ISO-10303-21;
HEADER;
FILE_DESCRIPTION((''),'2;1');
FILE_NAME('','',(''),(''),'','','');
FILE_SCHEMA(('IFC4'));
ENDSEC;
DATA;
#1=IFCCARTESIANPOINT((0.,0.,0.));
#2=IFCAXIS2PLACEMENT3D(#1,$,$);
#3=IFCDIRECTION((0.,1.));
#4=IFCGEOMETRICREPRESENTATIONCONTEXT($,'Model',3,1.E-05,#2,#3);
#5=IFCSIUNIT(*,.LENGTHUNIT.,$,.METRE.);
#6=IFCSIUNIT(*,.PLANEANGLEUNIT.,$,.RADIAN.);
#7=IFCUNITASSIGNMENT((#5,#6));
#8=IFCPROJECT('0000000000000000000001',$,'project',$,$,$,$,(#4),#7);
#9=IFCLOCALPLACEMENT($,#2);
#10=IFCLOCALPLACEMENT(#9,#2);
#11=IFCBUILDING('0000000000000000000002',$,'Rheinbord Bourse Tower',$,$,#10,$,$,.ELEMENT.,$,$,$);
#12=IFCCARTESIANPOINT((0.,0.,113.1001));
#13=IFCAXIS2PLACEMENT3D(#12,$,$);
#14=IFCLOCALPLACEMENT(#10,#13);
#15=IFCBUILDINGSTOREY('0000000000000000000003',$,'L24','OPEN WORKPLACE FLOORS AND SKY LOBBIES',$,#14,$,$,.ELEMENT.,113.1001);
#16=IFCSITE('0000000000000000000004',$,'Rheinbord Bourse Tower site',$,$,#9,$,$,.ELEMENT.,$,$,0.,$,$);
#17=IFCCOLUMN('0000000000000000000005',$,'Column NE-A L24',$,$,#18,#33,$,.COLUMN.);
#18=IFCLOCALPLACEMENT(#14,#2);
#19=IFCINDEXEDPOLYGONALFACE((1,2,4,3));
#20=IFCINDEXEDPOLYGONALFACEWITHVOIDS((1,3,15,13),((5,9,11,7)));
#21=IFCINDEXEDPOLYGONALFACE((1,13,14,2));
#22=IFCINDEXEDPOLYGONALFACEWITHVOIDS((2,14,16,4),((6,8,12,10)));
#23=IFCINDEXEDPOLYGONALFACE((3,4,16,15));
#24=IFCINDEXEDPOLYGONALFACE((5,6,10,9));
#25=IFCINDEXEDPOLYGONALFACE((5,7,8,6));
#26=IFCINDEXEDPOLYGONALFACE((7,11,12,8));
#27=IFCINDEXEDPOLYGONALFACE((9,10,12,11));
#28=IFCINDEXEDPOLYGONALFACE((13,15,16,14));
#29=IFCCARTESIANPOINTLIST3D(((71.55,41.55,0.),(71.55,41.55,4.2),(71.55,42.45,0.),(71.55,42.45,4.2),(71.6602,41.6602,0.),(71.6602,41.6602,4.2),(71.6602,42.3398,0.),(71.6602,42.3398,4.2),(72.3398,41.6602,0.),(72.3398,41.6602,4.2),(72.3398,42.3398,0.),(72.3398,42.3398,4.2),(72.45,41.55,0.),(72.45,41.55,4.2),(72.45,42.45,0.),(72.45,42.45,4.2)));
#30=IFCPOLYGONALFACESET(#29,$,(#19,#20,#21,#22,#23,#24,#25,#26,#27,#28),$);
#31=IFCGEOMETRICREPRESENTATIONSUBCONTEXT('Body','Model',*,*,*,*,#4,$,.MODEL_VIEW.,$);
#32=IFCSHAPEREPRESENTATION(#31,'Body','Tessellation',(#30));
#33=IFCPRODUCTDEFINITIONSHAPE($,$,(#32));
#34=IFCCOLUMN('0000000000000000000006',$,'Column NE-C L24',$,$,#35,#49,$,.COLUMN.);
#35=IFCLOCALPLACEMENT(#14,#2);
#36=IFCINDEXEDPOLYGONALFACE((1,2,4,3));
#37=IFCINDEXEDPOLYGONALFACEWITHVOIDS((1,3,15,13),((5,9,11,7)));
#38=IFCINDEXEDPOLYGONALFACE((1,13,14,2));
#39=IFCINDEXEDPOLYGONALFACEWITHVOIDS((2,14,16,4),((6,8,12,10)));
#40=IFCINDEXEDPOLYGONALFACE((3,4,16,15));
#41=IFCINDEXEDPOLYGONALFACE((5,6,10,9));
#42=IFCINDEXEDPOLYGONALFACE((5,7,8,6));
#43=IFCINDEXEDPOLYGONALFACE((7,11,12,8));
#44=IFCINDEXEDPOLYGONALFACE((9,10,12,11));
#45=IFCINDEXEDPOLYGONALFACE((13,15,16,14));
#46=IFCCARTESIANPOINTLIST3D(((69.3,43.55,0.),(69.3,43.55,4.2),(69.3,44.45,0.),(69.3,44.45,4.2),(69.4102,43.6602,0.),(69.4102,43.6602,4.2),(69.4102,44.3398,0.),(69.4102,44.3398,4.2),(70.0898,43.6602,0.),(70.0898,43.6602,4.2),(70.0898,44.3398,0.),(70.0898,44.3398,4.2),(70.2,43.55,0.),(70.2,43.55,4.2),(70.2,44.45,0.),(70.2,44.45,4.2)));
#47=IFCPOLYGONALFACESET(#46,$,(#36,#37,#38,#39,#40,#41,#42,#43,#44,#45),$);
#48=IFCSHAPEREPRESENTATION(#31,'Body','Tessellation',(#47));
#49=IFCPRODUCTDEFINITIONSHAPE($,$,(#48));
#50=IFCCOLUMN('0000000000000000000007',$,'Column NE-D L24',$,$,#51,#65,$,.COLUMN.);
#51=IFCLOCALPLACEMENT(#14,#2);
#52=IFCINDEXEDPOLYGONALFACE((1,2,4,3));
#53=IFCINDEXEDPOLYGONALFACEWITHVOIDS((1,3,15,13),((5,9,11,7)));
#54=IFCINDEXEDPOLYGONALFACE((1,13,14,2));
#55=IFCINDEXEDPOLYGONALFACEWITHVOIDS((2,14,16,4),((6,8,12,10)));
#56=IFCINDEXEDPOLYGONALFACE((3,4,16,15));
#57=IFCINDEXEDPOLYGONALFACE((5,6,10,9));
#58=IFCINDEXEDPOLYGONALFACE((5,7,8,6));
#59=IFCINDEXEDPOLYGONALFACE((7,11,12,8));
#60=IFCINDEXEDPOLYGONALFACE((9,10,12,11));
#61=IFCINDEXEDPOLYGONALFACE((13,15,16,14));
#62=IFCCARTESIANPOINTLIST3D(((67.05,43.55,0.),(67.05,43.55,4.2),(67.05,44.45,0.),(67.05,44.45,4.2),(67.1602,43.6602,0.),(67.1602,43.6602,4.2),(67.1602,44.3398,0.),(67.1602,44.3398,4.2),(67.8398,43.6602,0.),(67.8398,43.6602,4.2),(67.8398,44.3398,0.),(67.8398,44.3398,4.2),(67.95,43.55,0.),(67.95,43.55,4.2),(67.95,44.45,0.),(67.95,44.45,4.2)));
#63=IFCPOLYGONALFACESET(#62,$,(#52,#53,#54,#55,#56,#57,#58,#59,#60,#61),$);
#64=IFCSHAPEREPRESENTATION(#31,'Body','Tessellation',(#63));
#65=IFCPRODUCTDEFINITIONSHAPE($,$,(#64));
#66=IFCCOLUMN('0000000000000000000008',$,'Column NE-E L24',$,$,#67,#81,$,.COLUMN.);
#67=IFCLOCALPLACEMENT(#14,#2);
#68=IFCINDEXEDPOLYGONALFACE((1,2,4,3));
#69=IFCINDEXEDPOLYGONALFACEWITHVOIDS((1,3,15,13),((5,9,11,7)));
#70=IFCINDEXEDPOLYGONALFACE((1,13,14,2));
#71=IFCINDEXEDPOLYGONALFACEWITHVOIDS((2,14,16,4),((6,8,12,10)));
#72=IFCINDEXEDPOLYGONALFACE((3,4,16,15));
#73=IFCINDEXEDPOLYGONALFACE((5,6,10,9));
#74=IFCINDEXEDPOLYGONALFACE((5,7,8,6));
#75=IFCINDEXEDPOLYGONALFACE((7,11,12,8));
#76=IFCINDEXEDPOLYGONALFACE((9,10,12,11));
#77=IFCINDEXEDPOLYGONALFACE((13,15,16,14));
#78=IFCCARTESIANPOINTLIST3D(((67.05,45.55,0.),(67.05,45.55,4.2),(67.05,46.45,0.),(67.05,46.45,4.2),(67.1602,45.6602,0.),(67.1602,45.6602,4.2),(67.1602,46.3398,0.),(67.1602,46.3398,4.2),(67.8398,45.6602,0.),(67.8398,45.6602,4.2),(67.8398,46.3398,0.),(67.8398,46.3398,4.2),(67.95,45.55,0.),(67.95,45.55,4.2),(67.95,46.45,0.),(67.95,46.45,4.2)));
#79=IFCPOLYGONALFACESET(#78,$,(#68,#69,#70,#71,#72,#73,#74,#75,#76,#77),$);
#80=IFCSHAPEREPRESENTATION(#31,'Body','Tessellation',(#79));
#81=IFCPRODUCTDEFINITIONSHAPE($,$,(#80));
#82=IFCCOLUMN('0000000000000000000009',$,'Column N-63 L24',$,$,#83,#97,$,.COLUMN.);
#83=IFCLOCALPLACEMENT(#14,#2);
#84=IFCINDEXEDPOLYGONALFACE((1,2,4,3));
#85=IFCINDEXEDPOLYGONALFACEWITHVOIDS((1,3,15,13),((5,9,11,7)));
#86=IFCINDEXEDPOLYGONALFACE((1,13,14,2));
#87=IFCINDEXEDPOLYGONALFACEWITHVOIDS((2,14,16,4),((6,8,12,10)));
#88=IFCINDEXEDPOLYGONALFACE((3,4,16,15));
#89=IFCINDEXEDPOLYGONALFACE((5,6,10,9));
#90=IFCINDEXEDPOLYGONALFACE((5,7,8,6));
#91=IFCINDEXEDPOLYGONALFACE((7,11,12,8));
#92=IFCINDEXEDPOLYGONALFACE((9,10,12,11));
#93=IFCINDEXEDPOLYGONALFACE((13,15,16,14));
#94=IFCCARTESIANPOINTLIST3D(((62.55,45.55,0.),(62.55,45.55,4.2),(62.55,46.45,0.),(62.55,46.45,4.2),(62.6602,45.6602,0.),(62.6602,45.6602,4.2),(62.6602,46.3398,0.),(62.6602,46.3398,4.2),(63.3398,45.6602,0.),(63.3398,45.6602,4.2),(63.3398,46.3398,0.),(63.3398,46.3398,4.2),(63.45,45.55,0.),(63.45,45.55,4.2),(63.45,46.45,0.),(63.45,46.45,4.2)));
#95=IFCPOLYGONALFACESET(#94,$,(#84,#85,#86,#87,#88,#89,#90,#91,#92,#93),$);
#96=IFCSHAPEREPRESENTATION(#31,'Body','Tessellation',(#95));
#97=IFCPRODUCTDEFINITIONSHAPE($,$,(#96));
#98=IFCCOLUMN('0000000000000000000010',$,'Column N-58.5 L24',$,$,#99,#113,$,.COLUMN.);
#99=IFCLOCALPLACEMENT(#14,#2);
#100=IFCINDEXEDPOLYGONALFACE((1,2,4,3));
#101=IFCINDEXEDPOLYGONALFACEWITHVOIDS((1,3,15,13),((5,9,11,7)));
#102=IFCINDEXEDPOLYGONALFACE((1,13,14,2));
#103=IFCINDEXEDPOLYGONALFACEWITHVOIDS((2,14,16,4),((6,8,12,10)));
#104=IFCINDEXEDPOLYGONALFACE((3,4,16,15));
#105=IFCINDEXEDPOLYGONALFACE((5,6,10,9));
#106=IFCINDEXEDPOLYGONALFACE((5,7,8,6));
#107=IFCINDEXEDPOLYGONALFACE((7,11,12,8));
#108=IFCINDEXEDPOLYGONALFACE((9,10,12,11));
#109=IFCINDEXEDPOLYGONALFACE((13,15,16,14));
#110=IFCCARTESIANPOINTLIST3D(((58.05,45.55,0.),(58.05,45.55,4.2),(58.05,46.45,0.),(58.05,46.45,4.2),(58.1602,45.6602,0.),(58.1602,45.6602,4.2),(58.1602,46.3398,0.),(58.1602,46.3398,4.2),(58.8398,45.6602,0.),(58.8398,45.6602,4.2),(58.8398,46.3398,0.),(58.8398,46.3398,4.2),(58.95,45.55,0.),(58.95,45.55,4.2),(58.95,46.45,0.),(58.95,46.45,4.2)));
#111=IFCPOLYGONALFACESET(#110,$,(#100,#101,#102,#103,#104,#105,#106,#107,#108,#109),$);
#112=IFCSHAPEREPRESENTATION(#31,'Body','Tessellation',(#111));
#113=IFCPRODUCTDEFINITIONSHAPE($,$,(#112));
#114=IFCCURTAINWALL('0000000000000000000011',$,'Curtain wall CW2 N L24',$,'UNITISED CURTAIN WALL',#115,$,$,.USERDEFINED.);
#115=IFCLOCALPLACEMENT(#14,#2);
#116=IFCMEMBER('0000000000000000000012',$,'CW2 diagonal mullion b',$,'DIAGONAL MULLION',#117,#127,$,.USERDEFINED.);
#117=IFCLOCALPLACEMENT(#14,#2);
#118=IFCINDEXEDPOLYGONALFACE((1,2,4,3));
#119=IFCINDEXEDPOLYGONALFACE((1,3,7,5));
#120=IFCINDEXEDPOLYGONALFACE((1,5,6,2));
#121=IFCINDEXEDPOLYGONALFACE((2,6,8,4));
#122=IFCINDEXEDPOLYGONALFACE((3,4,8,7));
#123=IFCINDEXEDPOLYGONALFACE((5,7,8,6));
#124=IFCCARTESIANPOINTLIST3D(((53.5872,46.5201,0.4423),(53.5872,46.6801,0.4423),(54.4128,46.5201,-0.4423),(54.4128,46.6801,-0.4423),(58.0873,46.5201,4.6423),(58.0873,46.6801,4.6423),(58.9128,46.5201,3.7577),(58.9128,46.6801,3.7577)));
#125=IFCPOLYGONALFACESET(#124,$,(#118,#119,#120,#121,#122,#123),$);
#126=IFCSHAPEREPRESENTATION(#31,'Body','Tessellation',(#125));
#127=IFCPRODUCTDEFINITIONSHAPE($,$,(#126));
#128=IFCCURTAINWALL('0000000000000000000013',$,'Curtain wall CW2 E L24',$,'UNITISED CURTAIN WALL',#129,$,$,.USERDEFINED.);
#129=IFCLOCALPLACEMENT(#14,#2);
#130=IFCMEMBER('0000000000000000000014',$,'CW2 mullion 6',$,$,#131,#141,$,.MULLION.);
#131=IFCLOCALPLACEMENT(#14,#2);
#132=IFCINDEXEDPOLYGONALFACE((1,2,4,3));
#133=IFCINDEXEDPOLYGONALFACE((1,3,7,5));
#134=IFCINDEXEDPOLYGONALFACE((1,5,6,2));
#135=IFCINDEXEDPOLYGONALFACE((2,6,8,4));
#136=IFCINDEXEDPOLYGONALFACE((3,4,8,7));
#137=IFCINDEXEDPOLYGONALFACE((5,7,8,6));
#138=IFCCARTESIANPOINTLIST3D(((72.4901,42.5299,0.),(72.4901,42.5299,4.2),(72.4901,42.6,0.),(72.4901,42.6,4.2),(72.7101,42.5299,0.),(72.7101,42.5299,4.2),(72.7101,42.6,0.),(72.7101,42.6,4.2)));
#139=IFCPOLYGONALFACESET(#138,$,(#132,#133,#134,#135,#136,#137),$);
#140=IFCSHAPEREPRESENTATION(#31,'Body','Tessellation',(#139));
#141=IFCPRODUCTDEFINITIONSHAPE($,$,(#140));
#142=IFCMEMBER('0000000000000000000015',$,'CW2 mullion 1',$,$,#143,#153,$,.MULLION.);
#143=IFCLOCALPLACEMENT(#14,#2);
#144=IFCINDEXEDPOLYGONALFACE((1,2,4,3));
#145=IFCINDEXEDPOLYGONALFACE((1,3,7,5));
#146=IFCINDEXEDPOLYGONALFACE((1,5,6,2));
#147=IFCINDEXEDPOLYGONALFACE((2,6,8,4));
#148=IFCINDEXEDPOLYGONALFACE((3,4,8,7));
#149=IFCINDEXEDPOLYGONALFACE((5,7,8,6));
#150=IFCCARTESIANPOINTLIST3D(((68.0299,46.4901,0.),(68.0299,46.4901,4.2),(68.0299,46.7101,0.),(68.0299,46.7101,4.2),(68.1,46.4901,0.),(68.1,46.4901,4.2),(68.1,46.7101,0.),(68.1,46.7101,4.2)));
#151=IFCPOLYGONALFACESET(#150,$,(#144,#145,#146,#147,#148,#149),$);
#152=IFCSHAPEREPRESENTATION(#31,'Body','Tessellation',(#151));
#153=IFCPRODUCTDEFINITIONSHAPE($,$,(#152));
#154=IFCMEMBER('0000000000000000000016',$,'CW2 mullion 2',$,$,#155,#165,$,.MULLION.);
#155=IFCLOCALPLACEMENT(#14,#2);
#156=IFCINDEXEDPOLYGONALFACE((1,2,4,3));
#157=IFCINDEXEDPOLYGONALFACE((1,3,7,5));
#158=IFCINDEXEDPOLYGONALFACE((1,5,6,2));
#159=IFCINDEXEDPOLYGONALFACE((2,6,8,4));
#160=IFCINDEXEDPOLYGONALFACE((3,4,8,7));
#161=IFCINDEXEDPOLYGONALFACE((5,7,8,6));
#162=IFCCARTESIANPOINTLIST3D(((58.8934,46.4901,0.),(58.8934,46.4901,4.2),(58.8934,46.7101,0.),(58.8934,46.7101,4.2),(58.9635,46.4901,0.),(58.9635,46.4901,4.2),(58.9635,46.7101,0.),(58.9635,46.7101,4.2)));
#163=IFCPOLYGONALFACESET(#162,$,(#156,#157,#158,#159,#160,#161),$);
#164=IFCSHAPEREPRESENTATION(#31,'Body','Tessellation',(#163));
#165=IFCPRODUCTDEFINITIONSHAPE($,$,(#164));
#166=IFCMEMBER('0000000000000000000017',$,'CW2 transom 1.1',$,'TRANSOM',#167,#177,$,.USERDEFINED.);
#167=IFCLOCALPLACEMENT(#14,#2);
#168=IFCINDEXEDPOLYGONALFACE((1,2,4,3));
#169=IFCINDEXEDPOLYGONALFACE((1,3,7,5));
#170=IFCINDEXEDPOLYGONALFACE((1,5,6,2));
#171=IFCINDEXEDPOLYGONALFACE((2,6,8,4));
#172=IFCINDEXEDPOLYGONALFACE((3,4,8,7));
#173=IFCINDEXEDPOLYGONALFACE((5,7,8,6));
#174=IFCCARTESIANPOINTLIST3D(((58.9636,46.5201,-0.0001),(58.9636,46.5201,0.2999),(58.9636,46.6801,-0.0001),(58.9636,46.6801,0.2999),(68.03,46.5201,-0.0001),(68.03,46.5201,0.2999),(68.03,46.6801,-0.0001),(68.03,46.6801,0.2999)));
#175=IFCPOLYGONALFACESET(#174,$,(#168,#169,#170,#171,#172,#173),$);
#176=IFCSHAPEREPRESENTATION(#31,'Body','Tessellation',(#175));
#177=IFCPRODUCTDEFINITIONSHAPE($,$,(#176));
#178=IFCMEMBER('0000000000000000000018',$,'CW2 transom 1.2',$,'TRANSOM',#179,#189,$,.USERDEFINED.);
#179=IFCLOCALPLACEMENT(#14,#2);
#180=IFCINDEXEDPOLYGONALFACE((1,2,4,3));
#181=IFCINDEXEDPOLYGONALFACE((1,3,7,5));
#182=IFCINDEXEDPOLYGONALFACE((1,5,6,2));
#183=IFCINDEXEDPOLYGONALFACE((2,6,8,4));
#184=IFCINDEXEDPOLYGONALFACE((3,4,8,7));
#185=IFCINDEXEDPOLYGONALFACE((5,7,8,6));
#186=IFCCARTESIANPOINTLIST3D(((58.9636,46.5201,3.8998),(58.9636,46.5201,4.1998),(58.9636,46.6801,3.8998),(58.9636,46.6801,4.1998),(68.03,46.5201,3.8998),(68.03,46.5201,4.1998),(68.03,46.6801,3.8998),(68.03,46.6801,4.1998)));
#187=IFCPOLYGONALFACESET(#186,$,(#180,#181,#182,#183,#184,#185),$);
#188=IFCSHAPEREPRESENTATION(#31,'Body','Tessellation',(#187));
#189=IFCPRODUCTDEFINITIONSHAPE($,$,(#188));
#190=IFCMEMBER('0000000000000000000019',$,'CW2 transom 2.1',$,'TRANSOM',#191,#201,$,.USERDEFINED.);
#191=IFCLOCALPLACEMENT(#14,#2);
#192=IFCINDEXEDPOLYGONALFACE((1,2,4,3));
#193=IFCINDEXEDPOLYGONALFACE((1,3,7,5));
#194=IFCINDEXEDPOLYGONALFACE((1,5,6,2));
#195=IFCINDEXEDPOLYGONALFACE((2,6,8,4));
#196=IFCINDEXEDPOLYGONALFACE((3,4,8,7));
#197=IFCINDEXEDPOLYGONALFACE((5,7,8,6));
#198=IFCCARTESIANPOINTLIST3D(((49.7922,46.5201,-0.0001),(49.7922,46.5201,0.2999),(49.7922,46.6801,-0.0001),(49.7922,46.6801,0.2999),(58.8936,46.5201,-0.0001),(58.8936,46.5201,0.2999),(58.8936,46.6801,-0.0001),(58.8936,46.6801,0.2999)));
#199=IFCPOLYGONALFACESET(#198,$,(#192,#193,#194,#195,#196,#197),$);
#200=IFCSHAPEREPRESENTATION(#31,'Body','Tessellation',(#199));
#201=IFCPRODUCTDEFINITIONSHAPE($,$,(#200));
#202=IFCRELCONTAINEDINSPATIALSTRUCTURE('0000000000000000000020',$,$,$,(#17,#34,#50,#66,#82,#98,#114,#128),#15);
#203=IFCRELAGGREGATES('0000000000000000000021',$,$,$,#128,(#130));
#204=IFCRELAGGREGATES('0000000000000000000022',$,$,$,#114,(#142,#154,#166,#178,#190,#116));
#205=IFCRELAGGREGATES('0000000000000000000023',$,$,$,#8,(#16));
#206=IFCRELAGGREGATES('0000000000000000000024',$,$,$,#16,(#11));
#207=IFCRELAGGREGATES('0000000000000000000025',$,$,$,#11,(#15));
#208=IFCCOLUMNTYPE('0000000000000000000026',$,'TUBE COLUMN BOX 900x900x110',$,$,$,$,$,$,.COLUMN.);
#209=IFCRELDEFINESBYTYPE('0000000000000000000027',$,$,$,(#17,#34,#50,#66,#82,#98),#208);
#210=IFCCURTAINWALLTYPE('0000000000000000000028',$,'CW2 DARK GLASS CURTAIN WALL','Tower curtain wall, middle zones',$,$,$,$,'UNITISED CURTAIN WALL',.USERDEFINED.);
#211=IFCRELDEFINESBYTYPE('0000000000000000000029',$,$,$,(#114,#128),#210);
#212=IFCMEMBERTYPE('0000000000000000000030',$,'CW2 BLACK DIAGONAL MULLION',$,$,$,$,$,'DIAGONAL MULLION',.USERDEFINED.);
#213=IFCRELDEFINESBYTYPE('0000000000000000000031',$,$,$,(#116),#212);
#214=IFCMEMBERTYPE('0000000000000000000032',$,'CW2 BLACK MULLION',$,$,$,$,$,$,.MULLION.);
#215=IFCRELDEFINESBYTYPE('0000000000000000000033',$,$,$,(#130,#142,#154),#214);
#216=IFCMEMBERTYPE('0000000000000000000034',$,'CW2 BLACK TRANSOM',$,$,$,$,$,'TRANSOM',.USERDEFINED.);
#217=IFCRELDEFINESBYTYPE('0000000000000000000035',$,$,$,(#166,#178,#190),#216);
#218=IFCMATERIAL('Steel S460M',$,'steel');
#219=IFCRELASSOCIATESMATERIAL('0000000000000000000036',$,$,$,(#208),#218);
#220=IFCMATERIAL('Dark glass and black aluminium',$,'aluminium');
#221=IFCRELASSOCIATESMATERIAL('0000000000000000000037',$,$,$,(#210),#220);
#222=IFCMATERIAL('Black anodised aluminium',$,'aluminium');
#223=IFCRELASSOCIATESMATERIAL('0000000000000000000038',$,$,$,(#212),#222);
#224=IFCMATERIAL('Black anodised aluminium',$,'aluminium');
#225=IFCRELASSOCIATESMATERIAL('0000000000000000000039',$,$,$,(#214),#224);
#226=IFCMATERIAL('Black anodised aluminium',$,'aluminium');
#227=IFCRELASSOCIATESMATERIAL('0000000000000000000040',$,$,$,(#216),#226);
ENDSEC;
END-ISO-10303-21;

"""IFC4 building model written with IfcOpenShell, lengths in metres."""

from ifc_helpers import new_model, si_unit, direction, frame, origin, origin_2d, place, context, subcontext, project, spatial, rectangle, hollow_rectangle, extrude, material, material_profile, profile_set, type_object, element, aggregate, save


model = new_model("IFC4")

# Units and contexts
model_context = context("Model", 3, precision=1e-05, world=origin(), true_north=direction((0.0, 1.0)))
body_context = subcontext(model_context, "Body", "Model", "MODEL_VIEW")
ifc_project = project(units=[si_unit("LENGTHUNIT", "METRE"), si_unit("PLANEANGLEUNIT", "RADIAN")], contexts=[model_context])

# Site, building, storey
site_placement = place(None, origin())
site = spatial("IfcSite", under=ifc_project, at=site_placement, Name="Rheinbord Bourse Tower site", CompositionType="ELEMENT", RefElevation=0.0)
building_placement = place(site_placement, origin())
building = spatial("IfcBuilding", under=site, at=building_placement, Name="Rheinbord Bourse Tower", CompositionType="ELEMENT")
storey_placement = place(building_placement, frame((0.0, 0.0, 113.1001)))
storey = spatial("IfcBuildingStorey", under=building, at=storey_placement, Name="L24", Description="OPEN WORKPLACE FLOORS AND SKY LOBBIES", CompositionType="ELEMENT", Elevation=113.1001)

# Columns
ifc_material_1 = material(Name="Steel S460M", Category="steel")
ifc_material_profile_1 = material_profile(ifc_material_1, hollow_rectangle(XDim=0.8999, YDim=0.8999, WallThickness=0.1101, at=origin_2d()), Name="BOX 900x900x110")
ifc_profile_set_1 = profile_set([ifc_material_profile_1], Name="Steel S460M")
column_type = type_object("IfcColumnType", Name="TUBE COLUMN BOX 900x900x110", PredefinedType="COLUMN", material=ifc_profile_set_1)
for number, where, z_axis, x_axis, name in (
    (1, (72.0, 42.0, 0.0), (0.0, 0.0, 1.0), (1.0, 0.0, 0.0), "Column NE-A L24"),
    (2, (69.75, 44.0, 0.0), (0.0, 0.0, 1.0), (1.0, 0.0, 0.0), "Column NE-C L24"),
    (3, (67.5, 44.0, 0.0), (0.0, 0.0, 1.0), (0.0, 1.0, 0.0), "Column NE-D L24"),
    (4, (67.5, 46.0, 0.0), (0.0, 0.0, 1.0), (0.0, 1.0, 0.0), "Column NE-E L24"),
    (5, (63.0, 46.0, 0.0), (0.0, 0.0, 1.0), (0.0, 1.0, 0.0), "Column N-63 L24"),
    (6, (58.5, 46.0, 0.0), (0.0, 0.0, 1.0), (0.0, 1.0, 0.0), "Column N-58.5 L24"),
):
    element("IfcColumn", number, at=place(storey_placement, frame(where, z_axis=z_axis, x_axis=x_axis)), inside=storey, type_object=column_type, Name=name, PredefinedType="COLUMN", context=body_context, shape_type="SweptSolid", body=[
        extrude(hollow_rectangle(XDim=0.8999, YDim=0.8999, WallThickness=0.1101, at=origin_2d()), origin(), (0.0, 0.0, 1.0), 4.2),
    ])

# Curtain walls, members
ifc_material_2 = material(Name="Dark glass and black aluminium", Category="aluminium")
curtain_wall_type = type_object("IfcCurtainWallType", Name="CW2 DARK GLASS CURTAIN WALL", Description="Tower curtain wall, middle zones", ElementType="UNITISED CURTAIN WALL", PredefinedType="USERDEFINED", material=ifc_material_2)
curtain_wall_1_placement = place(storey_placement, origin())
curtain_wall_1 = element("IfcCurtainWall", 7, at=curtain_wall_1_placement, inside=storey, type_object=curtain_wall_type, Name="Curtain wall CW2 N L24", ObjectType="UNITISED CURTAIN WALL", PredefinedType="USERDEFINED")
ifc_material_3 = material(Name="Black anodised aluminium", Category="aluminium")
ifc_material_profile_2 = material_profile(ifc_material_3, rectangle(XDim=0.1599, YDim=1.21, at=origin_2d()), Name="CW2 DIAGONAL MULLION 1210x160")
ifc_profile_set_2 = profile_set([ifc_material_profile_2], Name="Black anodised aluminium")
member_type_1 = type_object("IfcMemberType", Name="CW2 BLACK DIAGONAL MULLION", ElementType="DIAGONAL MULLION", PredefinedType="USERDEFINED", material=ifc_profile_set_2)
member_1_placement = place(storey_placement, frame((54.0, 46.6001, 0.0), z_axis=(0.731059, 0.0, 0.682314), x_axis=(0.0, 1.0, 0.0)))
member_1 = element("IfcMember", 8, at=member_1_placement, type_object=member_type_1, Name="CW2 diagonal mullion b", ObjectType="DIAGONAL MULLION", PredefinedType="USERDEFINED", context=body_context, shape_type="SweptSolid", body=[
    extrude(rectangle(XDim=0.1599, YDim=1.21, at=origin_2d()), origin(), (0.0, 0.0, 1.0), 6.1555),
])
curtain_wall_2_placement = place(storey_placement, origin())
curtain_wall_2 = element("IfcCurtainWall", 9, at=curtain_wall_2_placement, inside=storey, type_object=curtain_wall_type, Name="Curtain wall CW2 E L24", ObjectType="UNITISED CURTAIN WALL", PredefinedType="USERDEFINED")
ifc_material_4 = material(Name="Black anodised aluminium", Category="aluminium")
ifc_material_profile_3 = material_profile(ifc_material_4, rectangle(XDim=0.22, YDim=0.0701, at=origin_2d()), Name="CW2 MULLION 70x220")
ifc_profile_set_3 = profile_set([ifc_material_profile_3], Name="Black anodised aluminium")
member_type_2 = type_object("IfcMemberType", Name="CW2 BLACK MULLION", PredefinedType="MULLION", material=ifc_profile_set_3)
member_2_placement = place(storey_placement, frame((72.6001, 42.5649, 0.0), z_axis=(0.0, 0.0, 1.0), x_axis=(-1.0, 0.0, 0.0)))
member_2 = element("IfcMember", 10, at=member_2_placement, type_object=member_type_2, Name="CW2 mullion 6", PredefinedType="MULLION", context=body_context, shape_type="SweptSolid", body=[
    extrude(rectangle(XDim=0.22, YDim=0.0701, at=origin_2d()), origin(), (0.0, 0.0, 1.0), 4.2),
])

# Members
member_3_placement = place(storey_placement, frame((68.0649, 46.6001, 0.0), z_axis=(0.0, 0.0, 1.0), x_axis=(0.0, -1.0, 0.0)))
member_3 = element("IfcMember", 11, at=member_3_placement, type_object=member_type_2, Name="CW2 mullion 1", PredefinedType="MULLION", context=body_context, shape_type="SweptSolid", body=[
    extrude(rectangle(XDim=0.22, YDim=0.0701, at=origin_2d()), origin(), (0.0, 0.0, 1.0), 4.2),
])
member_4_placement = place(storey_placement, frame((58.9285, 46.6001, 0.0), z_axis=(0.0, 0.0, 1.0), x_axis=(0.0, -1.0, 0.0)))
member_4 = element("IfcMember", 12, at=member_4_placement, type_object=member_type_2, Name="CW2 mullion 2", PredefinedType="MULLION", context=body_context, shape_type="SweptSolid", body=[
    extrude(rectangle(XDim=0.22, YDim=0.0701, at=origin_2d()), origin(), (0.0, 0.0, 1.0), 4.2),
])
ifc_material_5 = material(Name="Black anodised aluminium", Category="aluminium")
ifc_material_profile_4 = material_profile(ifc_material_5, rectangle(XDim=0.1599, YDim=0.3, at=origin_2d()), Name="CW2 TRANSOM 300x160")
ifc_profile_set_4 = profile_set([ifc_material_profile_4], Name="Black anodised aluminium")
member_type_3 = type_object("IfcMemberType", Name="CW2 BLACK TRANSOM", ElementType="TRANSOM", PredefinedType="USERDEFINED", material=ifc_profile_set_4)
member_5_placement = place(storey_placement, frame((68.03, 46.6001, 0.1499), z_axis=(-1.0, 0.0, 0.0), x_axis=(0.0, -1.0, 0.0)))
member_5 = element("IfcMember", 13, at=member_5_placement, type_object=member_type_3, Name="CW2 transom 1.1", ObjectType="TRANSOM", PredefinedType="USERDEFINED", context=body_context, shape_type="SweptSolid", body=[
    extrude(rectangle(XDim=0.1599, YDim=0.3, at=origin_2d()), origin(), (0.0, 0.0, 1.0), 9.0664),
])
member_6_placement = place(storey_placement, frame((68.03, 46.6001, 4.0498), z_axis=(-1.0, 0.0, 0.0), x_axis=(0.0, -1.0, 0.0)))
member_6 = element("IfcMember", 14, at=member_6_placement, type_object=member_type_3, Name="CW2 transom 1.2", ObjectType="TRANSOM", PredefinedType="USERDEFINED", context=body_context, shape_type="SweptSolid", body=[
    extrude(rectangle(XDim=0.1599, YDim=0.3, at=origin_2d()), origin(), (0.0, 0.0, 1.0), 9.0664),
])
member_7_placement = place(storey_placement, frame((58.8936, 46.6001, 0.1499), z_axis=(-1.0, 0.0, 0.0), x_axis=(0.0, -1.0, 0.0)))
member_7 = element("IfcMember", 15, at=member_7_placement, type_object=member_type_3, Name="CW2 transom 2.1", ObjectType="TRANSOM", PredefinedType="USERDEFINED", context=body_context, shape_type="SweptSolid", body=[
    extrude(rectangle(XDim=0.1599, YDim=0.3, at=origin_2d()), origin(), (0.0, 0.0, 1.0), 9.1013),
])

aggregate(curtain_wall_2, [member_2])
aggregate(curtain_wall_1, [member_3, member_4, member_5, member_6, member_7, member_1])

save(model, "model.ifc")
